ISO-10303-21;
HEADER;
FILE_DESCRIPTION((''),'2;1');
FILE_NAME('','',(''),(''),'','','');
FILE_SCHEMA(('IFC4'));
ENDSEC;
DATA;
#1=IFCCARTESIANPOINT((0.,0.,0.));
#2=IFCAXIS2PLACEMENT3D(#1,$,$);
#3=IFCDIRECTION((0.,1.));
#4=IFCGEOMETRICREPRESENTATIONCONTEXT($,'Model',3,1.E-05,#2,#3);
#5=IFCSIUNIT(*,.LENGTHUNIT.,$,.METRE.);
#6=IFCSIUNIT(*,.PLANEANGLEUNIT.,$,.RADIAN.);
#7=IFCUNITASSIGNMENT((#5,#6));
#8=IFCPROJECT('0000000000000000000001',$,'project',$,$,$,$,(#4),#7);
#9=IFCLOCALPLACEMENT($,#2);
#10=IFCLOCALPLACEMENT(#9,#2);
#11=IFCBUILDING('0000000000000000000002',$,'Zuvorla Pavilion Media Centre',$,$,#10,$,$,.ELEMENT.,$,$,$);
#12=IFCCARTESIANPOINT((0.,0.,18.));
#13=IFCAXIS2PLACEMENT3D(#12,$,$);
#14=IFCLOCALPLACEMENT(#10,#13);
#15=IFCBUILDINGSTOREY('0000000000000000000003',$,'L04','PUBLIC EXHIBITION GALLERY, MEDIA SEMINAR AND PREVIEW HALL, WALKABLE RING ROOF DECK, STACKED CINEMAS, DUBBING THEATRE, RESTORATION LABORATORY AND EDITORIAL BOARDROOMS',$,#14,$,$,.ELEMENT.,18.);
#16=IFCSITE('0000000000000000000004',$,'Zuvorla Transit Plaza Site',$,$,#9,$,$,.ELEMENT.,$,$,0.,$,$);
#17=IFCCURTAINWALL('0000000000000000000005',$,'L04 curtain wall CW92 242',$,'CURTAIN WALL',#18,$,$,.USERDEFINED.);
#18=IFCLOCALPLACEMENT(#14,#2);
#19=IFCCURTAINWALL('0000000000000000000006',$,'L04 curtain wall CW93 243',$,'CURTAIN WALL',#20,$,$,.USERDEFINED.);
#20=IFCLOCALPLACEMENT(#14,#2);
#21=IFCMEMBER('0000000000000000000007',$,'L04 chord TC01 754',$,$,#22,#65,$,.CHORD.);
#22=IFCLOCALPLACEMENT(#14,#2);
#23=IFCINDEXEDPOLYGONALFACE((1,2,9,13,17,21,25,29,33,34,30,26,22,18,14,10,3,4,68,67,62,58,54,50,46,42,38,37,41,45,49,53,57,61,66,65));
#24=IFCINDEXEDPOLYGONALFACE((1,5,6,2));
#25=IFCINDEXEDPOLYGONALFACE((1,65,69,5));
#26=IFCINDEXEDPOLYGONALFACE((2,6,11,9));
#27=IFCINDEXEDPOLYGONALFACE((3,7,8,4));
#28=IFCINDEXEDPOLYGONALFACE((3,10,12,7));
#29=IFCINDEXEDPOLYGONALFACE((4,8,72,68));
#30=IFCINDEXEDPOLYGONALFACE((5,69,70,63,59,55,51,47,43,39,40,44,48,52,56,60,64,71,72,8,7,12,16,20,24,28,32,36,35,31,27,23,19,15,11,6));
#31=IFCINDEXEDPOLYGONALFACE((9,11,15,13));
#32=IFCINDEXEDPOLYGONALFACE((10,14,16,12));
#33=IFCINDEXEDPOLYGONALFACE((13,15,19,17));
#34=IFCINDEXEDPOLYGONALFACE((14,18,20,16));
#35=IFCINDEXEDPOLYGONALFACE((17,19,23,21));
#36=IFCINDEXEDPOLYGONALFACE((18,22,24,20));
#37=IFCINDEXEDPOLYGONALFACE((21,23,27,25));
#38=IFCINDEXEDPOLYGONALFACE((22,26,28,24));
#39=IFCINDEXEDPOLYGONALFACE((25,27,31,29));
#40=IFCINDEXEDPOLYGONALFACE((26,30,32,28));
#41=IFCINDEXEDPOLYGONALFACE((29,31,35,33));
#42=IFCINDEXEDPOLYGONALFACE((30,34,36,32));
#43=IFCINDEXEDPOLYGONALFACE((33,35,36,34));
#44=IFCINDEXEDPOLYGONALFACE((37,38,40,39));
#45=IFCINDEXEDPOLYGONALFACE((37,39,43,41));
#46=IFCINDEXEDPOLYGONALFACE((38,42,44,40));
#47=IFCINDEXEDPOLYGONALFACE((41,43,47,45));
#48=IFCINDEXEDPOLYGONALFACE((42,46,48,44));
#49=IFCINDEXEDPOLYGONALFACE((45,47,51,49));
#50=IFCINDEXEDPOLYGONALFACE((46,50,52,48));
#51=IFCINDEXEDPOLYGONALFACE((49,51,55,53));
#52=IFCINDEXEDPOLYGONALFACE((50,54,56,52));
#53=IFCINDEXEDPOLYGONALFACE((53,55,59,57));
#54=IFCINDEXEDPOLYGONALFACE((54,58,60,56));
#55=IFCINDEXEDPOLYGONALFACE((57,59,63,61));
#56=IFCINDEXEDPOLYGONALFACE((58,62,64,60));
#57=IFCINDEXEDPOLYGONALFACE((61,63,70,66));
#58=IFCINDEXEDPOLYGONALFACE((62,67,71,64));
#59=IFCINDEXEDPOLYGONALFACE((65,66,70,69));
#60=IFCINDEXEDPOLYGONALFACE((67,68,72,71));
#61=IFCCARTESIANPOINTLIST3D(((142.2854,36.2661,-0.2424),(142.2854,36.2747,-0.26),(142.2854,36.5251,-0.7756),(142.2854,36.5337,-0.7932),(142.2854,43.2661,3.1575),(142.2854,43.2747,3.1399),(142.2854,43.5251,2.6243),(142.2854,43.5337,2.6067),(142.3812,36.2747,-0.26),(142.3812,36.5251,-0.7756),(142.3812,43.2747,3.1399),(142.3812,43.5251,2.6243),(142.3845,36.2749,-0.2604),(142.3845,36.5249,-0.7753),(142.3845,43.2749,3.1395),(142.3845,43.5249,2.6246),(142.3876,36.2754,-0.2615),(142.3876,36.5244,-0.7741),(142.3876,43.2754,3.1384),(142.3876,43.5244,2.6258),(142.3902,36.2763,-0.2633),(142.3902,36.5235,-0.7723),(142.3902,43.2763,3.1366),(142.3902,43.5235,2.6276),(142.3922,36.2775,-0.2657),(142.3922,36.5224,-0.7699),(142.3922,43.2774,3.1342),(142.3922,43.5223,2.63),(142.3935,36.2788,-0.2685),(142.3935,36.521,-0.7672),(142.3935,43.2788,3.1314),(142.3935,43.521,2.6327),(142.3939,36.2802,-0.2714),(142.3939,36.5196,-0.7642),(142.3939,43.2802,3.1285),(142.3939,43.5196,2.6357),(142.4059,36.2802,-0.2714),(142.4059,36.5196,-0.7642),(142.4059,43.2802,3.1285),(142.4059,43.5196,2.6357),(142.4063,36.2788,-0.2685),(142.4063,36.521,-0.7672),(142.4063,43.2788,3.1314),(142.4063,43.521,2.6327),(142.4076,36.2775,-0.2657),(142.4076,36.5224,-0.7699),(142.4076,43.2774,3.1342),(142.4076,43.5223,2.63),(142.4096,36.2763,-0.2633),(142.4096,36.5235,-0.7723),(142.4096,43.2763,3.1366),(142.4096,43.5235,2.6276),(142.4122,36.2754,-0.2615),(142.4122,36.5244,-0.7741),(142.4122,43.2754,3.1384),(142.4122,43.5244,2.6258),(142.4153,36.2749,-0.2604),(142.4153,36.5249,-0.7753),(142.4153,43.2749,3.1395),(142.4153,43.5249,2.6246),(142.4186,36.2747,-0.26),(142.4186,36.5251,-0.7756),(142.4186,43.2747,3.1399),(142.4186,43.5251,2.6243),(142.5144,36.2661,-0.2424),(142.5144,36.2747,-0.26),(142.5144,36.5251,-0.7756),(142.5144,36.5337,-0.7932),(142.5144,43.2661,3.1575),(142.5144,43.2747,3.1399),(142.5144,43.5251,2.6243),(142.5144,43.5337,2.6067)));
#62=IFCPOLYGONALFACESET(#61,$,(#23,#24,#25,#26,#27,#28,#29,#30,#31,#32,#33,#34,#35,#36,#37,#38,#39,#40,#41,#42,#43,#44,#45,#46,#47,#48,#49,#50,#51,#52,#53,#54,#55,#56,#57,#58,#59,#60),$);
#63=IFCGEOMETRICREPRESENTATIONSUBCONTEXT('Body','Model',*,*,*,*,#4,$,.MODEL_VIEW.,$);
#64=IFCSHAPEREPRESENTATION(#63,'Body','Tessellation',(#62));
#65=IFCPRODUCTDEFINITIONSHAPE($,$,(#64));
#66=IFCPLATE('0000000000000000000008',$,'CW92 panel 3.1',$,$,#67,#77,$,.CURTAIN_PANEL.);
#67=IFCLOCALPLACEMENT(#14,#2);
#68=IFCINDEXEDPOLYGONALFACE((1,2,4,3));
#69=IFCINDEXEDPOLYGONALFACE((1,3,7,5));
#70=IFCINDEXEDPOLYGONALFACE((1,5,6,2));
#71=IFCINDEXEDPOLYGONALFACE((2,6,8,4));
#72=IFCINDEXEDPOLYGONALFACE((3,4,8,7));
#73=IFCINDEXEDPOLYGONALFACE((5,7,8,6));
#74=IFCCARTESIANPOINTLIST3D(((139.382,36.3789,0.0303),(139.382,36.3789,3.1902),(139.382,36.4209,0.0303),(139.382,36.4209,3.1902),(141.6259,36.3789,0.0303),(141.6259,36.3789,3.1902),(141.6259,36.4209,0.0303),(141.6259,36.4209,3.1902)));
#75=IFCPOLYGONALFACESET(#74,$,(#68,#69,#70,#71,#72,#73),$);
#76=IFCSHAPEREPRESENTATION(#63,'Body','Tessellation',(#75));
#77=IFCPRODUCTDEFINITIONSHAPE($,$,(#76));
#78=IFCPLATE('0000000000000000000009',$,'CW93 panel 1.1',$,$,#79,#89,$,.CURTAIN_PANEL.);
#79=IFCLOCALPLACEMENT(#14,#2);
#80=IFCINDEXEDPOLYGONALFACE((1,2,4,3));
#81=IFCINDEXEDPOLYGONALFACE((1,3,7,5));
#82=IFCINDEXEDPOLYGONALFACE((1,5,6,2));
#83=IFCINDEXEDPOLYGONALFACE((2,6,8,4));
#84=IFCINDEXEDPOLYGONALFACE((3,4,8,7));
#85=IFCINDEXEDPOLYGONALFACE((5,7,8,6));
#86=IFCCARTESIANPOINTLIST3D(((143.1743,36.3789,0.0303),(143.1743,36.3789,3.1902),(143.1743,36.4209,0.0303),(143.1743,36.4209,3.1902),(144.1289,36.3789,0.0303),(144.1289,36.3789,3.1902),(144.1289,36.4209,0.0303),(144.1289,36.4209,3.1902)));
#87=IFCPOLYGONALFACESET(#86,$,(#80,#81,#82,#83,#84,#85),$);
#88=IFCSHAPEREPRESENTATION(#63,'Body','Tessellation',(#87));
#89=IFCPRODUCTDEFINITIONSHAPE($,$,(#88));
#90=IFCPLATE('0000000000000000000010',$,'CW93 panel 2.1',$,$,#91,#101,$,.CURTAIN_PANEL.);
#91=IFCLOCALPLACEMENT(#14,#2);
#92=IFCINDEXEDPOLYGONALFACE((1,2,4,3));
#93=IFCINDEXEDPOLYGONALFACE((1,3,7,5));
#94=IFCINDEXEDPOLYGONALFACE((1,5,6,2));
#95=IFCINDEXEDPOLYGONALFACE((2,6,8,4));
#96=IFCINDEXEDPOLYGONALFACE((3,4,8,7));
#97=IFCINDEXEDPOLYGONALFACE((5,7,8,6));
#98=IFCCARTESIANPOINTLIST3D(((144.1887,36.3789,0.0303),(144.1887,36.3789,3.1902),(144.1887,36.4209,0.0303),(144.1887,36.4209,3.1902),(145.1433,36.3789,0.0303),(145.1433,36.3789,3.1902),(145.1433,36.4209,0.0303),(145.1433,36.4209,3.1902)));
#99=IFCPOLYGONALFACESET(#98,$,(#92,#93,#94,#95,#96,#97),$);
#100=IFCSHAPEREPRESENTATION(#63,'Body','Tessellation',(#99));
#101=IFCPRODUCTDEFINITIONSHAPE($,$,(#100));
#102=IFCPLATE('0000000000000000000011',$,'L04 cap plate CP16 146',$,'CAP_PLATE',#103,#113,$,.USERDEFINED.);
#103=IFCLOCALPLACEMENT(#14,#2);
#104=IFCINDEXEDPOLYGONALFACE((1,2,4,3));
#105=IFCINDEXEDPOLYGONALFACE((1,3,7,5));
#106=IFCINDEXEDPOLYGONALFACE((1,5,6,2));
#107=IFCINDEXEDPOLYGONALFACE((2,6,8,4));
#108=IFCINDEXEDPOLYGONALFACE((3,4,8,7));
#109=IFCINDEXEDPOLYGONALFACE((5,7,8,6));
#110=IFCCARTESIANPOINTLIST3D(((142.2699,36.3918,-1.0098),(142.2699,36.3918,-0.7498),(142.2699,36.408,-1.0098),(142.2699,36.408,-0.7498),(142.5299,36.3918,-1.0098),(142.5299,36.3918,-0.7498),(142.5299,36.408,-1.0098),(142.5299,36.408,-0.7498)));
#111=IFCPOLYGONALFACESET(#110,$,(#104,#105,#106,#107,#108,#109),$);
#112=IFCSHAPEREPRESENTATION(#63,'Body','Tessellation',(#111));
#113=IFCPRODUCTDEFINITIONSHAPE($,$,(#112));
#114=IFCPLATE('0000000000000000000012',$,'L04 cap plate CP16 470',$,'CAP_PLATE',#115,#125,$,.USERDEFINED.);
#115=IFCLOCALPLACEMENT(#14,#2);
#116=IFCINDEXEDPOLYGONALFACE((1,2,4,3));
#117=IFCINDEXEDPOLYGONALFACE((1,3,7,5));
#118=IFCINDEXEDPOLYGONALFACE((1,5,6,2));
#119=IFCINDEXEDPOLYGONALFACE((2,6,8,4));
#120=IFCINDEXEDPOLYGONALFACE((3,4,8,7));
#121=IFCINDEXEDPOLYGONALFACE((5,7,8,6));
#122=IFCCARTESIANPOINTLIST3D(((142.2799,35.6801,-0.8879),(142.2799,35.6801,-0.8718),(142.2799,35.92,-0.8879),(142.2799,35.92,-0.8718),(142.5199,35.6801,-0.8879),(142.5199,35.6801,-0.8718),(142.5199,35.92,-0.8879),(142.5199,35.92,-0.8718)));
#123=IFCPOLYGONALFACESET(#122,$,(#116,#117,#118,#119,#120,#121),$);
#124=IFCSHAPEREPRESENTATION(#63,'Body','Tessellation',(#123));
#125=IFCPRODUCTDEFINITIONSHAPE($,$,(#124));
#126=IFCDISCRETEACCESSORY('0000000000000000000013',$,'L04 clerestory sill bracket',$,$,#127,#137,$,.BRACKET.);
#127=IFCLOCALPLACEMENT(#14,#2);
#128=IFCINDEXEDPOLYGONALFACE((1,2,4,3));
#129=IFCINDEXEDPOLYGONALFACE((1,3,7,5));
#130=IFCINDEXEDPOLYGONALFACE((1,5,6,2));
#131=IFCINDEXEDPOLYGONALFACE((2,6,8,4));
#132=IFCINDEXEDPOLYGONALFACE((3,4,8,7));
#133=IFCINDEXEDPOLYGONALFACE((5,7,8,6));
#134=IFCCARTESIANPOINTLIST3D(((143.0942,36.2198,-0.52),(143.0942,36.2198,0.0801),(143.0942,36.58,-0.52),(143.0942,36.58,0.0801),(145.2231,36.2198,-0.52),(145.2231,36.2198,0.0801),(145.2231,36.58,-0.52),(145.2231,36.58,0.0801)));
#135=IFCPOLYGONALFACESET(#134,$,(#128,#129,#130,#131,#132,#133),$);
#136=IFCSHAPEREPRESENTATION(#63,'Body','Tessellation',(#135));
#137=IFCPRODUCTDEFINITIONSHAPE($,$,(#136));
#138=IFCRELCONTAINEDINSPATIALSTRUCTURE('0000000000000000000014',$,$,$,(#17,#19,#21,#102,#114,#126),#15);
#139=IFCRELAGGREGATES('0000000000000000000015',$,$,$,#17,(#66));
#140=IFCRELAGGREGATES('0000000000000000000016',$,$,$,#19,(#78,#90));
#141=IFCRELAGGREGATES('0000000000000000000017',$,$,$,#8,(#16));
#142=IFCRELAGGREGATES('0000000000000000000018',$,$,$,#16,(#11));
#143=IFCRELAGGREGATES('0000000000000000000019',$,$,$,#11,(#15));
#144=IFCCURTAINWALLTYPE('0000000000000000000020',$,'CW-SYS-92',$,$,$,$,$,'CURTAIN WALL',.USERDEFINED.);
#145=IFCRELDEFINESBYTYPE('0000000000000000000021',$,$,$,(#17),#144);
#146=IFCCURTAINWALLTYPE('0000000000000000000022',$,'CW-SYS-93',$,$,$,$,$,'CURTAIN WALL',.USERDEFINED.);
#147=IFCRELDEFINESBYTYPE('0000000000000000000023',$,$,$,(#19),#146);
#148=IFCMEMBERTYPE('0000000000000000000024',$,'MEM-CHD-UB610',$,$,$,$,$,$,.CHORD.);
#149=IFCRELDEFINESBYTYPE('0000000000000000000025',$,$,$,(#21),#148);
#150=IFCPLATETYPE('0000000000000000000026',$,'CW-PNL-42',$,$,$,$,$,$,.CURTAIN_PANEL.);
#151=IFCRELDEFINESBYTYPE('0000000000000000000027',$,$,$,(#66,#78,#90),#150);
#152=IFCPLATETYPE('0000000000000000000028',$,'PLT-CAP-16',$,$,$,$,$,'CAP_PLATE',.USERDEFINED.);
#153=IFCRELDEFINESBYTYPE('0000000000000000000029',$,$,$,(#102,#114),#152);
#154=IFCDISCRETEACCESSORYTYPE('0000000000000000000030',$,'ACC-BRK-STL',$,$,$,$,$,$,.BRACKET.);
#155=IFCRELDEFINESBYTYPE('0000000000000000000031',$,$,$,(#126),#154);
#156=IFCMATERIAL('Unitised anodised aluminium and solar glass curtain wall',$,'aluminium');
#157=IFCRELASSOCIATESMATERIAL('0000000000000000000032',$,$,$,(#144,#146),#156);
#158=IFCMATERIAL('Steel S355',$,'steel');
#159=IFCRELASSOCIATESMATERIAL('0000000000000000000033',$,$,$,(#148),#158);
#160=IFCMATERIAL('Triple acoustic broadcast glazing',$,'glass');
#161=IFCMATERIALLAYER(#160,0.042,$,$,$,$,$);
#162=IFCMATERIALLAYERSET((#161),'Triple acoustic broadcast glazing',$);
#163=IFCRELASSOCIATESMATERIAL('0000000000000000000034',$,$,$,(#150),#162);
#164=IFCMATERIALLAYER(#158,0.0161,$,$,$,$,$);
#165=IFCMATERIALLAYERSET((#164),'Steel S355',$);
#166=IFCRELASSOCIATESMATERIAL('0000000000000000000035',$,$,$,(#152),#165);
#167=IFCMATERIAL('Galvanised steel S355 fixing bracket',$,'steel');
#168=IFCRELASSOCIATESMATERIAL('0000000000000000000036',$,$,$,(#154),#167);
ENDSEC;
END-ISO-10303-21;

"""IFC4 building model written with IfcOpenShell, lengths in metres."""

from ifc_helpers import new_model, si_unit, direction, frame, origin, origin_2d, place, context, subcontext, project, spatial, rectangle, i_section, extrude, material, layer, layer_set, material_profile, profile_set, type_object, element, aggregate, save


model = new_model("IFC4")

# Units and contexts
model_context = context("Model", 3, precision=1e-05, world=origin(), true_north=direction((0.0, 1.0)))
body_context = subcontext(model_context, "Body", "Model", "MODEL_VIEW")
ifc_project = project(units=[si_unit("LENGTHUNIT", "METRE"), si_unit("PLANEANGLEUNIT", "RADIAN")], contexts=[model_context])

# Site, building, storey
site_placement = place(None, origin())
site = spatial("IfcSite", under=ifc_project, at=site_placement, Name="Zuvorla Transit Plaza Site", CompositionType="ELEMENT", RefElevation=0.0)
building_placement = place(site_placement, origin())
building = spatial("IfcBuilding", under=site, at=building_placement, Name="Zuvorla Pavilion Media Centre", CompositionType="ELEMENT")
storey_placement = place(building_placement, frame((0.0, 0.0, 18.0)))
storey = spatial("IfcBuildingStorey", under=building, at=storey_placement, Name="L04", Description="PUBLIC EXHIBITION GALLERY, MEDIA SEMINAR AND PREVIEW HALL, WALKABLE RING ROOF DECK, STACKED CINEMAS, DUBBING THEATRE, RESTORATION LABORATORY AND EDITORIAL BOARDROOMS", CompositionType="ELEMENT", Elevation=18.0)

# Curtain walls
ifc_material_1 = material(Name="Unitised anodised aluminium and solar glass curtain wall", Category="aluminium")
curtain_wall_type_1 = type_object("IfcCurtainWallType", Name="CW-SYS-92", ElementType="CURTAIN WALL", PredefinedType="USERDEFINED", material=ifc_material_1)
curtain_wall_1_placement = place(storey_placement, origin())
curtain_wall_1 = element("IfcCurtainWall", 1, at=curtain_wall_1_placement, inside=storey, type_object=curtain_wall_type_1, Name="L04 curtain wall CW92 242", ObjectType="CURTAIN WALL", PredefinedType="USERDEFINED")
curtain_wall_type_2 = type_object("IfcCurtainWallType", Name="CW-SYS-93", ElementType="CURTAIN WALL", PredefinedType="USERDEFINED", material=ifc_material_1)
curtain_wall_2_placement = place(storey_placement, origin())
curtain_wall_2 = element("IfcCurtainWall", 2, at=curtain_wall_2_placement, inside=storey, type_object=curtain_wall_type_2, Name="L04 curtain wall CW93 243", ObjectType="CURTAIN WALL", PredefinedType="USERDEFINED")

# Member
ifc_material_2 = material(Name="Steel S355", Category="steel")
ifc_material_profile_1 = material_profile(ifc_material_2, i_section(OverallWidth=0.229, OverallDepth=0.6123, WebThickness=0.012, FlangeThickness=0.0195, FilletRadius=0.0127, at=origin_2d()), Name="UB 610x229x125")
ifc_profile_set_1 = profile_set([ifc_material_profile_1], Name="Steel S355")
member_type_1 = type_object("IfcMemberType", Name="MEM-CHD-UB610", PredefinedType="CHORD", material=ifc_profile_set_1)
member_1_placement = place(storey_placement, frame((142.3999, 36.3999, -0.5178), z_axis=(0.0, 0.899513, 0.436894), x_axis=(-1.0, 0.0, 0.0)))
element("IfcMember", 3, at=member_1_placement, inside=storey, type_object=member_type_1, Name="L04 chord TC01 754", PredefinedType="CHORD", context=body_context, shape_type="SweptSolid", body=[
    extrude(i_section(OverallWidth=0.229, OverallDepth=0.6123, WebThickness=0.012, FlangeThickness=0.0195, FilletRadius=0.0127, at=origin_2d()), origin(), (0.0, 0.0, 1.0), 7.782),
])

# Plates
ifc_material_3 = material(Name="Triple acoustic broadcast glazing", Category="glass")
ifc_layer_1 = layer(ifc_material_3, 0.042)
ifc_layer_set_1 = layer_set([ifc_layer_1], Name="Triple acoustic broadcast glazing")
plate_type_1 = type_object("IfcPlateType", Name="CW-PNL-42", PredefinedType="CURTAIN_PANEL", material=ifc_layer_set_1)
plate_1_placement = place(storey_placement, frame((140.5039, 36.3999, 0.0303), z_axis=(0.0, 0.0, 1.0), x_axis=(1.0, 0.0, 0.0)))
plate_1 = element("IfcPlate", 4, at=plate_1_placement, type_object=plate_type_1, Name="CW92 panel 3.1", PredefinedType="CURTAIN_PANEL", context=body_context, shape_type="SweptSolid", body=[
    extrude(rectangle(XDim=2.2439, YDim=0.042, at=origin_2d()), origin(), (0.0, 0.0, 1.0), 3.1599),
])
aggregate(curtain_wall_1, [plate_1])
plate_2_placement = place(storey_placement, frame((143.6516, 36.3999, 0.0303), z_axis=(0.0, 0.0, 1.0), x_axis=(1.0, 0.0, 0.0)))
plate_2 = element("IfcPlate", 5, at=plate_2_placement, type_object=plate_type_1, Name="CW93 panel 1.1", PredefinedType="CURTAIN_PANEL", context=body_context, shape_type="SweptSolid", body=[
    extrude(rectangle(XDim=0.9546, YDim=0.042, at=origin_2d()), origin(), (0.0, 0.0, 1.0), 3.1599),
])
plate_3_placement = place(storey_placement, frame((144.666, 36.3999, 0.0303), z_axis=(0.0, 0.0, 1.0), x_axis=(1.0, 0.0, 0.0)))
plate_3 = element("IfcPlate", 6, at=plate_3_placement, type_object=plate_type_1, Name="CW93 panel 2.1", PredefinedType="CURTAIN_PANEL", context=body_context, shape_type="SweptSolid", body=[
    extrude(rectangle(XDim=0.9546, YDim=0.042, at=origin_2d()), origin(), (0.0, 0.0, 1.0), 3.1599),
])
aggregate(curtain_wall_2, [plate_2, plate_3])

# Plates
ifc_layer_2 = layer(ifc_material_2, 0.0161)
ifc_layer_set_2 = layer_set([ifc_layer_2], Name="Steel S355")
plate_type_2 = type_object("IfcPlateType", Name="PLT-CAP-16", ElementType="CAP_PLATE", PredefinedType="USERDEFINED", material=ifc_layer_set_2)
plate_4_placement = place(storey_placement, frame((142.3999, 36.3999, -1.0098), z_axis=(0.0, 0.0, 1.0), x_axis=(1.0, 0.0, 0.0)))
element("IfcPlate", 7, at=plate_4_placement, inside=storey, type_object=plate_type_2, Name="L04 cap plate CP16 146", ObjectType="CAP_PLATE", PredefinedType="USERDEFINED", context=body_context, shape_type="SweptSolid", body=[
    extrude(rectangle(XDim=0.26, YDim=0.0161, at=origin_2d()), origin(), (0.0, 0.0, 1.0), 0.26),
])
plate_5_placement = place(storey_placement, frame((142.3999, 35.8, -0.8879), z_axis=(0.0, 0.0, 1.0), x_axis=(1.0, 0.0, 0.0)))
element("IfcPlate", 8, at=plate_5_placement, inside=storey, type_object=plate_type_2, Name="L04 cap plate CP16 470", ObjectType="CAP_PLATE", PredefinedType="USERDEFINED", context=body_context, shape_type="SweptSolid", body=[
    extrude(rectangle(XDim=0.24, YDim=0.24, at=origin_2d()), origin(), (0.0, 0.0, 1.0), 0.0161),
])

# Discrete accessory
ifc_material_4 = material(Name="Galvanised steel S355 fixing bracket", Category="steel")
discrete_accessory_type = type_object("IfcDiscreteAccessoryType", Name="ACC-BRK-STL", PredefinedType="BRACKET", material=ifc_material_4)
discrete_accessory_placement = place(storey_placement, frame((144.1587, 36.3999, -0.52), z_axis=(0.0, 0.0, 1.0), x_axis=(1.0, 0.0, 0.0)))
element("IfcDiscreteAccessory", 9, at=discrete_accessory_placement, inside=storey, type_object=discrete_accessory_type, Name="L04 clerestory sill bracket", PredefinedType="BRACKET", context=body_context, shape_type="SweptSolid", body=[
    extrude(rectangle(XDim=2.1289, YDim=0.3601, at=origin_2d()), origin(), (0.0, 0.0, 1.0), 0.6001),
])

save(model, "model.ifc")
